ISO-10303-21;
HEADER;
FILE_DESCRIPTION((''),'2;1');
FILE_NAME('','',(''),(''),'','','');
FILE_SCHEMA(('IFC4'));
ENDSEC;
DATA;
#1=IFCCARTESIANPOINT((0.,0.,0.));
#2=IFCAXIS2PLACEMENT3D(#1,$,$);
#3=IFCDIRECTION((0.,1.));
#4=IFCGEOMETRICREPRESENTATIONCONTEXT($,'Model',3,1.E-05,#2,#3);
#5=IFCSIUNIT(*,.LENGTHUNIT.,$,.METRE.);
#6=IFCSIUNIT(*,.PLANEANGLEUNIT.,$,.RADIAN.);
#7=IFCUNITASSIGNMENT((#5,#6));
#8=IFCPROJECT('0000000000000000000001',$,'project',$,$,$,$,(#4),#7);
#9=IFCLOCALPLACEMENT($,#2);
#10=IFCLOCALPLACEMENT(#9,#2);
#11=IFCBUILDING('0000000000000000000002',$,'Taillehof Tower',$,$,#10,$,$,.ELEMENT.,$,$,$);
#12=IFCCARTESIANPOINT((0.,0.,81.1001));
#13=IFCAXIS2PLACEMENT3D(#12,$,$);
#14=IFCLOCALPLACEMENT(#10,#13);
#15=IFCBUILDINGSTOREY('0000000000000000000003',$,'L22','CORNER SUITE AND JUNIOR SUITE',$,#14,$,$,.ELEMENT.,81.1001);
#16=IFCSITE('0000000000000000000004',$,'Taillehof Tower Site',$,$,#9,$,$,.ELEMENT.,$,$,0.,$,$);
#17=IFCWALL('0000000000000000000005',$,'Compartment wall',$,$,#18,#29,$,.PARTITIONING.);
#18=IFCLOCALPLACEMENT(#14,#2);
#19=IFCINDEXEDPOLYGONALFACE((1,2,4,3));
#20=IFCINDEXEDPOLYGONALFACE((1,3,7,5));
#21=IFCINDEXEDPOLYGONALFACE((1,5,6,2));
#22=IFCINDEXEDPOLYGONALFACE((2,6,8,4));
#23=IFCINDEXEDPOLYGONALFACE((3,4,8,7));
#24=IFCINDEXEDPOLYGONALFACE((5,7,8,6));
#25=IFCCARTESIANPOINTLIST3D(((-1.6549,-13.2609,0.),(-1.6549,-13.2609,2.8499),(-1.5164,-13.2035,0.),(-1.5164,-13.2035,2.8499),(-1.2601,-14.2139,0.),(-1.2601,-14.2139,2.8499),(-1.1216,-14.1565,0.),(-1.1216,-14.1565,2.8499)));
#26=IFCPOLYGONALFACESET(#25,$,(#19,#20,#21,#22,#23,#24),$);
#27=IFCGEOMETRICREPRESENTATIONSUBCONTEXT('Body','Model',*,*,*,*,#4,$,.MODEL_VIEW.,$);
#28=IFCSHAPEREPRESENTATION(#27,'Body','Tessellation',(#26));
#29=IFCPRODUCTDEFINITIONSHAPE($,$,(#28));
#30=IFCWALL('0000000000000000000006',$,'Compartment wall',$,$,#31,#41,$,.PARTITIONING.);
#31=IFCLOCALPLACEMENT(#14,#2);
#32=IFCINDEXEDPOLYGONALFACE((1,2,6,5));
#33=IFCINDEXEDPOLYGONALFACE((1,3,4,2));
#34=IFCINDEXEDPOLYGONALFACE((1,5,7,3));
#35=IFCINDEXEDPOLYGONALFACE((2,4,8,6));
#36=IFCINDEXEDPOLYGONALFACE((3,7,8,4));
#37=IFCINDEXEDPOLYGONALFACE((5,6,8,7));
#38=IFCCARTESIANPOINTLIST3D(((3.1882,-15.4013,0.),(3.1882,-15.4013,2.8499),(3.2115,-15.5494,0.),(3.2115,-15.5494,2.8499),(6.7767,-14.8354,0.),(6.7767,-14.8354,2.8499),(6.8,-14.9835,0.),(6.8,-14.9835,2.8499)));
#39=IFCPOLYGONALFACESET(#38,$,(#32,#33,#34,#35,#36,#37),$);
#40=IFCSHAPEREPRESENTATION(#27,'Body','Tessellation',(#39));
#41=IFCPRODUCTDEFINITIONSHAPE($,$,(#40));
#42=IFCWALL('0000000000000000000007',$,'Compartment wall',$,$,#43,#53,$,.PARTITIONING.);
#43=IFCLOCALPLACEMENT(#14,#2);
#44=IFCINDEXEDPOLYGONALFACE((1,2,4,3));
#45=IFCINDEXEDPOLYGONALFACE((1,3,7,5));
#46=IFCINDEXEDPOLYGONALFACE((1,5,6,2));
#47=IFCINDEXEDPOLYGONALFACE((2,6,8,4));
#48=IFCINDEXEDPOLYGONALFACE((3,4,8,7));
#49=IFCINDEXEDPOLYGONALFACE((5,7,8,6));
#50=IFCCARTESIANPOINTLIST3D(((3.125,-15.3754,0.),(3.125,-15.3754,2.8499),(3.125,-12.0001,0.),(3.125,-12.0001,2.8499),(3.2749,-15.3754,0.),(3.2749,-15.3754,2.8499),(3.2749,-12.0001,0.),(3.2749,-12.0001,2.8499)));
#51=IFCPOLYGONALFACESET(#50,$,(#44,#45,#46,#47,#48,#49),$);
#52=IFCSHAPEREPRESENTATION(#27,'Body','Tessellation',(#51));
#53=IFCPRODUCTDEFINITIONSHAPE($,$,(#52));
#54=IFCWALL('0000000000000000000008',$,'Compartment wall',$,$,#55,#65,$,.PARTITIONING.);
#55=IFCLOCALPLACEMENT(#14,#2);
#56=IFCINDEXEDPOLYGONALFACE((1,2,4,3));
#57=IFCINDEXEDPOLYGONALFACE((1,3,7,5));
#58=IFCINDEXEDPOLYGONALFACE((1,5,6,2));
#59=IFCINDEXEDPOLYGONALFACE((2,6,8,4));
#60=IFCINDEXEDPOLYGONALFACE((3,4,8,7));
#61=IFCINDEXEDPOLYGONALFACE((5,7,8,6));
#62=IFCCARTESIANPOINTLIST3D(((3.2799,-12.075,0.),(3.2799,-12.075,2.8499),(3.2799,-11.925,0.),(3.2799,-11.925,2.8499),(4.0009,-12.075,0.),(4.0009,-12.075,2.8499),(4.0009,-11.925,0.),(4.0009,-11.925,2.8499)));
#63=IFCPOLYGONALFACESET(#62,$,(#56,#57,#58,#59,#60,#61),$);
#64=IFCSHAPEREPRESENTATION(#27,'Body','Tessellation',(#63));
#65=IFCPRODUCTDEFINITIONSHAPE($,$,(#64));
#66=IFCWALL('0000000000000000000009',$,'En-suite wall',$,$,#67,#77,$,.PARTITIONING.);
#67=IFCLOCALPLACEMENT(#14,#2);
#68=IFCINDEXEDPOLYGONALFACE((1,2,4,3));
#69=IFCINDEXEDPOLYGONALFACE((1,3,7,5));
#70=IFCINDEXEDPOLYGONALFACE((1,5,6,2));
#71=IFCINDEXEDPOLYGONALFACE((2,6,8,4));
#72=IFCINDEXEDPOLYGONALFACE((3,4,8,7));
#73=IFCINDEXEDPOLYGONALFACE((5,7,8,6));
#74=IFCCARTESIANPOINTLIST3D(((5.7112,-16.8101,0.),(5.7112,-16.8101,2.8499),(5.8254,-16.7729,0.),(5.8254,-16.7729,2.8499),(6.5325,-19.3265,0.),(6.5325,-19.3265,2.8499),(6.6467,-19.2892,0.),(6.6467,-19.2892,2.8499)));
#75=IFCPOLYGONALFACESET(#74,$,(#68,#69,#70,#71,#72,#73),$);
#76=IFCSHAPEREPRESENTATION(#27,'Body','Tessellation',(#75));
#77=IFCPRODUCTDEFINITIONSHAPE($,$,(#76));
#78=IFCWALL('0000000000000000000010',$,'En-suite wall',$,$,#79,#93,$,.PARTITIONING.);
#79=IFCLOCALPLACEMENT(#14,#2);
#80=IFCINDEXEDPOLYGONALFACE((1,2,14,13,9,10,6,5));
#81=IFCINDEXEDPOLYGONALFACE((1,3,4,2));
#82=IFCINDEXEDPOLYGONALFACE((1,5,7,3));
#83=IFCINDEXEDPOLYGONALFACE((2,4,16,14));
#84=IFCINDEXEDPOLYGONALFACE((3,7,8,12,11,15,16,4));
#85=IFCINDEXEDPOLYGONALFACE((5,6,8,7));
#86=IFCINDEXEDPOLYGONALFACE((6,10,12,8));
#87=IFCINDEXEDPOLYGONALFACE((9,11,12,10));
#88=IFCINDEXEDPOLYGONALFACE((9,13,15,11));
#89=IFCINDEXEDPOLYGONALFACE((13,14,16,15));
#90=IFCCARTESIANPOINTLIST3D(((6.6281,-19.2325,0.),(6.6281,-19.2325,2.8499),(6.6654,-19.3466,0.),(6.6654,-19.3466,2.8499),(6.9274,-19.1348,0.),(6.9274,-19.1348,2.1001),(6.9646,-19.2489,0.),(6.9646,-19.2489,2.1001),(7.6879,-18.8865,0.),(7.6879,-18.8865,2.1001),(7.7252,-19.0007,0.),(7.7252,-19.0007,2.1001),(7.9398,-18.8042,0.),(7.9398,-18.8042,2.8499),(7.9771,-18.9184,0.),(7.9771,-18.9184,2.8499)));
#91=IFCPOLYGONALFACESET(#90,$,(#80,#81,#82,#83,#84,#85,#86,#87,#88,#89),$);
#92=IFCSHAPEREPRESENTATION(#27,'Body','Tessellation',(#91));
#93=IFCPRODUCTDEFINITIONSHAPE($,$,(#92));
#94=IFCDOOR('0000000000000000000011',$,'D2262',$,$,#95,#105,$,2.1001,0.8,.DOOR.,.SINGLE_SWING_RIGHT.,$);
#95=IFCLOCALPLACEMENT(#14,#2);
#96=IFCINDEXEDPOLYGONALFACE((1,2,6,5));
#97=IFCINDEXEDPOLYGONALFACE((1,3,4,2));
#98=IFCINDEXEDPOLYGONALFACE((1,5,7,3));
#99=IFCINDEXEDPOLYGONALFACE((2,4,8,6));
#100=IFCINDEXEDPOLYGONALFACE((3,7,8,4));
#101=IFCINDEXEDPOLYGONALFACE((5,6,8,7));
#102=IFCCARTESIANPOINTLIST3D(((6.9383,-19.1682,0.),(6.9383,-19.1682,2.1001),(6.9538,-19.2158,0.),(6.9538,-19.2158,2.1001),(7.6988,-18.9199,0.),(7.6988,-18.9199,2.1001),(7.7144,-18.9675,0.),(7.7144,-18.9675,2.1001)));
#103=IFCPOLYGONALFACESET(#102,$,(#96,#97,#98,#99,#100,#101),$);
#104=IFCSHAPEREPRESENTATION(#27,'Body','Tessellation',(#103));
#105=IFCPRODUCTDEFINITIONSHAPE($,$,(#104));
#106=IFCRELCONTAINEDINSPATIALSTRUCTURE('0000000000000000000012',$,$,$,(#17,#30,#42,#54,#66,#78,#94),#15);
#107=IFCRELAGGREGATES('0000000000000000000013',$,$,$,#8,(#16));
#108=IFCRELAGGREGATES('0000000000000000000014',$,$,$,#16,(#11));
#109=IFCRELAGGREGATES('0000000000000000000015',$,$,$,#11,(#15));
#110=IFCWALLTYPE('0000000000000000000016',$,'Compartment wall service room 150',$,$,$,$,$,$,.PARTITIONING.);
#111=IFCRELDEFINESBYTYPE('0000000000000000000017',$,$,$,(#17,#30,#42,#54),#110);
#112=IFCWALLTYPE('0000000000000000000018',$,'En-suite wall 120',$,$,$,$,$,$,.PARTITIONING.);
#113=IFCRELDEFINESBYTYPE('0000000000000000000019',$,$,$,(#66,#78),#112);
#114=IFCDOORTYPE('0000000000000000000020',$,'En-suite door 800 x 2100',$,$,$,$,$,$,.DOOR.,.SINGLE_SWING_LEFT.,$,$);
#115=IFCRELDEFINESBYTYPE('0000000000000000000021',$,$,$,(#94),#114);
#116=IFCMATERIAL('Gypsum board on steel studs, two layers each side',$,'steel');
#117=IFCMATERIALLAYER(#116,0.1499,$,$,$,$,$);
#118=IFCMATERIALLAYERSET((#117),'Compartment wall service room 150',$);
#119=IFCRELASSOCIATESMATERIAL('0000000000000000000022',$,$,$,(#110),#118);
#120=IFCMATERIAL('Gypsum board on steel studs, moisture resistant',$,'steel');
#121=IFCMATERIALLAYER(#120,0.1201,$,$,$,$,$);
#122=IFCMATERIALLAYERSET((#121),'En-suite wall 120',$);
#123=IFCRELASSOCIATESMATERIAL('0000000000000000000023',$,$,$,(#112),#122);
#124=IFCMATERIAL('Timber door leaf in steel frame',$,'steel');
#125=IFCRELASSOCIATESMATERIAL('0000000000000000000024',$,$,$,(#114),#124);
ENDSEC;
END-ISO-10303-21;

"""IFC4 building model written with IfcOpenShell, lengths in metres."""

from ifc_helpers import new_model, si_unit, direction, frame, frame_2d, origin, place, context, subcontext, project, spatial, rectangle, extrude, material, layer, layer_set, type_object, element, fill, save


model = new_model("IFC4")

# Units and contexts
model_context = context("Model", 3, precision=1e-05, world=origin(), true_north=direction((0.0, 1.0)))
body_context = subcontext(model_context, "Body", "Model", "MODEL_VIEW")
ifc_project = project(units=[si_unit("LENGTHUNIT", "METRE"), si_unit("PLANEANGLEUNIT", "RADIAN")], contexts=[model_context])

# Site, building, storey
site_placement = place(None, origin())
site = spatial("IfcSite", under=ifc_project, at=site_placement, Name="Taillehof Tower Site", CompositionType="ELEMENT", RefElevation=0.0)
building_placement = place(site_placement, origin())
building = spatial("IfcBuilding", under=site, at=building_placement, Name="Taillehof Tower", CompositionType="ELEMENT")
storey_placement = place(building_placement, frame((0.0, 0.0, 81.1001)))
storey = spatial("IfcBuildingStorey", under=building, at=storey_placement, Name="L22", Description="CORNER SUITE AND JUNIOR SUITE", CompositionType="ELEMENT", Elevation=81.1001)

# Walls
ifc_material_1 = material(Name="Gypsum board on steel studs, two layers each side", Category="steel")
ifc_layer_1 = layer(ifc_material_1, 0.1499)
ifc_layer_set_1 = layer_set([ifc_layer_1], Name="Compartment wall service room 150")
wall_type_1 = type_object("IfcWallType", Name="Compartment wall service room 150", PredefinedType="PARTITIONING", material=ifc_layer_set_1)
wall_1_placement = place(storey_placement, frame((-1.1909, -14.1851, 0.0), z_axis=(0.0, 0.0, 1.0), x_axis=(-0.382749, 0.923852, 0.0)))
element("IfcWall", 1, at=wall_1_placement, inside=storey, type_object=wall_type_1, Name="Compartment wall", PredefinedType="PARTITIONING", context=body_context, shape_type="SweptSolid", body=[
    extrude(rectangle(XDim=1.0315, YDim=0.1499, at=frame_2d((0.5156, 0.0))), origin(), (0.0, 0.0, 1.0), 2.8499),
])
wall_2_placement = place(storey_placement, frame((6.7883, -14.9094, 0.0), z_axis=(0.0, 0.0, 1.0), x_axis=(-0.987791, -0.155783, 0.0)))
element("IfcWall", 2, at=wall_2_placement, inside=storey, type_object=wall_type_1, Name="Compartment wall", PredefinedType="PARTITIONING", context=body_context, shape_type="SweptSolid", body=[
    extrude(rectangle(XDim=3.6328, YDim=0.1499, at=frame_2d((1.8164, 0.0))), origin(), (0.0, 0.0, 1.0), 2.8499),
])
wall_3_placement = place(storey_placement, frame((3.2, -15.3752, 0.0), z_axis=(0.0, 0.0, 1.0), x_axis=(0.0, 1.0, 0.0)))
element("IfcWall", 3, at=wall_3_placement, inside=storey, type_object=wall_type_1, Name="Compartment wall", PredefinedType="PARTITIONING", context=body_context, shape_type="SweptSolid", body=[
    extrude(rectangle(XDim=3.3752, YDim=0.1499, at=frame_2d((1.6875, 0.0))), origin(), (0.0, 0.0, 1.0), 2.8499),
])
wall_4_placement = place(storey_placement, frame((3.28, -12.0, 0.0), z_axis=(0.0, 0.0, 1.0), x_axis=(1.0, 0.0, 0.0)))
element("IfcWall", 4, at=wall_4_placement, inside=storey, type_object=wall_type_1, Name="Compartment wall", PredefinedType="PARTITIONING", context=body_context, shape_type="SweptSolid", body=[
    extrude(rectangle(XDim=0.7209, YDim=0.1499, at=frame_2d((0.3604, 0.0))), origin(), (0.0, 0.0, 1.0), 2.8499),
])
ifc_material_2 = material(Name="Gypsum board on steel studs, moisture resistant", Category="steel")
ifc_layer_2 = layer(ifc_material_2, 0.1201)
ifc_layer_set_2 = layer_set([ifc_layer_2], Name="En-suite wall 120")
wall_type_2 = type_object("IfcWallType", Name="En-suite wall 120", PredefinedType="PARTITIONING", material=ifc_layer_set_2)
wall_5_placement = place(storey_placement, frame((5.7683, -16.7915, 0.0), z_axis=(0.0, 0.0, 1.0), x_axis=(0.310273, -0.950648, 0.0)))
element("IfcWall", 5, at=wall_5_placement, inside=storey, type_object=wall_type_2, Name="En-suite wall", PredefinedType="PARTITIONING", context=body_context, shape_type="SweptSolid", body=[
    extrude(rectangle(XDim=2.647, YDim=0.1201, at=frame_2d((1.3235, 0.0))), origin(), (0.0, 0.0, 1.0), 2.8499),
])

# Wall, opening, door
wall_6_placement = place(storey_placement, frame((6.6467, -19.2896, 0.0), z_axis=(0.0, 0.0, 1.0), x_axis=(0.950629, 0.31033, 0.0)))
wall_6 = element("IfcWall", 6, at=wall_6_placement, inside=storey, type_object=wall_type_2, Name="En-suite wall", PredefinedType="PARTITIONING", context=body_context, shape_type="SweptSolid", body=[
    extrude(rectangle(XDim=1.3799, YDim=0.1201, at=frame_2d((0.6899, 0.0))), origin(), (0.0, 0.0, 1.0), 2.8499),
])
opening_1_placement = place(wall_6_placement, frame((0.3149, 0.0, 0.0)))
opening_1 = element("IfcOpeningElement", 7, at=opening_1_placement, cuts=wall_6, PredefinedType="OPENING", context=body_context, shape_type="SweptSolid", body=[
    extrude(rectangle(XDim=0.8, YDim=2.1001, at=frame_2d((0.3999, 1.05))), frame((0.0, 0.0701, 0.0), z_axis=(0.0, -1.0, 0.0), x_axis=(1.0, 0.0, 0.0)), (0.0, 0.0, 1.0), 0.1401),
])
ifc_material_3 = material(Name="Timber door leaf in steel frame", Category="steel")
door_type_1 = type_object("IfcDoorType", Name="En-suite door 800 x 2100", OperationType="SINGLE_SWING_LEFT", PredefinedType="DOOR", material=ifc_material_3)
door_1_placement = place(opening_1_placement, origin())
door_1 = element("IfcDoor", 8, at=door_1_placement, inside=storey, type_object=door_type_1, Name="D2262", OperationType="SINGLE_SWING_RIGHT", OverallHeight=2.1001, OverallWidth=0.8, PredefinedType="DOOR", context=body_context, shape_type="SweptSolid", body=[
    extrude(rectangle(XDim=0.8, YDim=2.1001, at=frame_2d((0.3999, 1.05))), frame((0.0, 0.0249, 0.0), z_axis=(0.0, -1.0, 0.0), x_axis=(1.0, 0.0, 0.0)), (0.0, 0.0, 1.0), 0.05),
])
fill(opening_1, door_1)

save(model, "model.ifc")
